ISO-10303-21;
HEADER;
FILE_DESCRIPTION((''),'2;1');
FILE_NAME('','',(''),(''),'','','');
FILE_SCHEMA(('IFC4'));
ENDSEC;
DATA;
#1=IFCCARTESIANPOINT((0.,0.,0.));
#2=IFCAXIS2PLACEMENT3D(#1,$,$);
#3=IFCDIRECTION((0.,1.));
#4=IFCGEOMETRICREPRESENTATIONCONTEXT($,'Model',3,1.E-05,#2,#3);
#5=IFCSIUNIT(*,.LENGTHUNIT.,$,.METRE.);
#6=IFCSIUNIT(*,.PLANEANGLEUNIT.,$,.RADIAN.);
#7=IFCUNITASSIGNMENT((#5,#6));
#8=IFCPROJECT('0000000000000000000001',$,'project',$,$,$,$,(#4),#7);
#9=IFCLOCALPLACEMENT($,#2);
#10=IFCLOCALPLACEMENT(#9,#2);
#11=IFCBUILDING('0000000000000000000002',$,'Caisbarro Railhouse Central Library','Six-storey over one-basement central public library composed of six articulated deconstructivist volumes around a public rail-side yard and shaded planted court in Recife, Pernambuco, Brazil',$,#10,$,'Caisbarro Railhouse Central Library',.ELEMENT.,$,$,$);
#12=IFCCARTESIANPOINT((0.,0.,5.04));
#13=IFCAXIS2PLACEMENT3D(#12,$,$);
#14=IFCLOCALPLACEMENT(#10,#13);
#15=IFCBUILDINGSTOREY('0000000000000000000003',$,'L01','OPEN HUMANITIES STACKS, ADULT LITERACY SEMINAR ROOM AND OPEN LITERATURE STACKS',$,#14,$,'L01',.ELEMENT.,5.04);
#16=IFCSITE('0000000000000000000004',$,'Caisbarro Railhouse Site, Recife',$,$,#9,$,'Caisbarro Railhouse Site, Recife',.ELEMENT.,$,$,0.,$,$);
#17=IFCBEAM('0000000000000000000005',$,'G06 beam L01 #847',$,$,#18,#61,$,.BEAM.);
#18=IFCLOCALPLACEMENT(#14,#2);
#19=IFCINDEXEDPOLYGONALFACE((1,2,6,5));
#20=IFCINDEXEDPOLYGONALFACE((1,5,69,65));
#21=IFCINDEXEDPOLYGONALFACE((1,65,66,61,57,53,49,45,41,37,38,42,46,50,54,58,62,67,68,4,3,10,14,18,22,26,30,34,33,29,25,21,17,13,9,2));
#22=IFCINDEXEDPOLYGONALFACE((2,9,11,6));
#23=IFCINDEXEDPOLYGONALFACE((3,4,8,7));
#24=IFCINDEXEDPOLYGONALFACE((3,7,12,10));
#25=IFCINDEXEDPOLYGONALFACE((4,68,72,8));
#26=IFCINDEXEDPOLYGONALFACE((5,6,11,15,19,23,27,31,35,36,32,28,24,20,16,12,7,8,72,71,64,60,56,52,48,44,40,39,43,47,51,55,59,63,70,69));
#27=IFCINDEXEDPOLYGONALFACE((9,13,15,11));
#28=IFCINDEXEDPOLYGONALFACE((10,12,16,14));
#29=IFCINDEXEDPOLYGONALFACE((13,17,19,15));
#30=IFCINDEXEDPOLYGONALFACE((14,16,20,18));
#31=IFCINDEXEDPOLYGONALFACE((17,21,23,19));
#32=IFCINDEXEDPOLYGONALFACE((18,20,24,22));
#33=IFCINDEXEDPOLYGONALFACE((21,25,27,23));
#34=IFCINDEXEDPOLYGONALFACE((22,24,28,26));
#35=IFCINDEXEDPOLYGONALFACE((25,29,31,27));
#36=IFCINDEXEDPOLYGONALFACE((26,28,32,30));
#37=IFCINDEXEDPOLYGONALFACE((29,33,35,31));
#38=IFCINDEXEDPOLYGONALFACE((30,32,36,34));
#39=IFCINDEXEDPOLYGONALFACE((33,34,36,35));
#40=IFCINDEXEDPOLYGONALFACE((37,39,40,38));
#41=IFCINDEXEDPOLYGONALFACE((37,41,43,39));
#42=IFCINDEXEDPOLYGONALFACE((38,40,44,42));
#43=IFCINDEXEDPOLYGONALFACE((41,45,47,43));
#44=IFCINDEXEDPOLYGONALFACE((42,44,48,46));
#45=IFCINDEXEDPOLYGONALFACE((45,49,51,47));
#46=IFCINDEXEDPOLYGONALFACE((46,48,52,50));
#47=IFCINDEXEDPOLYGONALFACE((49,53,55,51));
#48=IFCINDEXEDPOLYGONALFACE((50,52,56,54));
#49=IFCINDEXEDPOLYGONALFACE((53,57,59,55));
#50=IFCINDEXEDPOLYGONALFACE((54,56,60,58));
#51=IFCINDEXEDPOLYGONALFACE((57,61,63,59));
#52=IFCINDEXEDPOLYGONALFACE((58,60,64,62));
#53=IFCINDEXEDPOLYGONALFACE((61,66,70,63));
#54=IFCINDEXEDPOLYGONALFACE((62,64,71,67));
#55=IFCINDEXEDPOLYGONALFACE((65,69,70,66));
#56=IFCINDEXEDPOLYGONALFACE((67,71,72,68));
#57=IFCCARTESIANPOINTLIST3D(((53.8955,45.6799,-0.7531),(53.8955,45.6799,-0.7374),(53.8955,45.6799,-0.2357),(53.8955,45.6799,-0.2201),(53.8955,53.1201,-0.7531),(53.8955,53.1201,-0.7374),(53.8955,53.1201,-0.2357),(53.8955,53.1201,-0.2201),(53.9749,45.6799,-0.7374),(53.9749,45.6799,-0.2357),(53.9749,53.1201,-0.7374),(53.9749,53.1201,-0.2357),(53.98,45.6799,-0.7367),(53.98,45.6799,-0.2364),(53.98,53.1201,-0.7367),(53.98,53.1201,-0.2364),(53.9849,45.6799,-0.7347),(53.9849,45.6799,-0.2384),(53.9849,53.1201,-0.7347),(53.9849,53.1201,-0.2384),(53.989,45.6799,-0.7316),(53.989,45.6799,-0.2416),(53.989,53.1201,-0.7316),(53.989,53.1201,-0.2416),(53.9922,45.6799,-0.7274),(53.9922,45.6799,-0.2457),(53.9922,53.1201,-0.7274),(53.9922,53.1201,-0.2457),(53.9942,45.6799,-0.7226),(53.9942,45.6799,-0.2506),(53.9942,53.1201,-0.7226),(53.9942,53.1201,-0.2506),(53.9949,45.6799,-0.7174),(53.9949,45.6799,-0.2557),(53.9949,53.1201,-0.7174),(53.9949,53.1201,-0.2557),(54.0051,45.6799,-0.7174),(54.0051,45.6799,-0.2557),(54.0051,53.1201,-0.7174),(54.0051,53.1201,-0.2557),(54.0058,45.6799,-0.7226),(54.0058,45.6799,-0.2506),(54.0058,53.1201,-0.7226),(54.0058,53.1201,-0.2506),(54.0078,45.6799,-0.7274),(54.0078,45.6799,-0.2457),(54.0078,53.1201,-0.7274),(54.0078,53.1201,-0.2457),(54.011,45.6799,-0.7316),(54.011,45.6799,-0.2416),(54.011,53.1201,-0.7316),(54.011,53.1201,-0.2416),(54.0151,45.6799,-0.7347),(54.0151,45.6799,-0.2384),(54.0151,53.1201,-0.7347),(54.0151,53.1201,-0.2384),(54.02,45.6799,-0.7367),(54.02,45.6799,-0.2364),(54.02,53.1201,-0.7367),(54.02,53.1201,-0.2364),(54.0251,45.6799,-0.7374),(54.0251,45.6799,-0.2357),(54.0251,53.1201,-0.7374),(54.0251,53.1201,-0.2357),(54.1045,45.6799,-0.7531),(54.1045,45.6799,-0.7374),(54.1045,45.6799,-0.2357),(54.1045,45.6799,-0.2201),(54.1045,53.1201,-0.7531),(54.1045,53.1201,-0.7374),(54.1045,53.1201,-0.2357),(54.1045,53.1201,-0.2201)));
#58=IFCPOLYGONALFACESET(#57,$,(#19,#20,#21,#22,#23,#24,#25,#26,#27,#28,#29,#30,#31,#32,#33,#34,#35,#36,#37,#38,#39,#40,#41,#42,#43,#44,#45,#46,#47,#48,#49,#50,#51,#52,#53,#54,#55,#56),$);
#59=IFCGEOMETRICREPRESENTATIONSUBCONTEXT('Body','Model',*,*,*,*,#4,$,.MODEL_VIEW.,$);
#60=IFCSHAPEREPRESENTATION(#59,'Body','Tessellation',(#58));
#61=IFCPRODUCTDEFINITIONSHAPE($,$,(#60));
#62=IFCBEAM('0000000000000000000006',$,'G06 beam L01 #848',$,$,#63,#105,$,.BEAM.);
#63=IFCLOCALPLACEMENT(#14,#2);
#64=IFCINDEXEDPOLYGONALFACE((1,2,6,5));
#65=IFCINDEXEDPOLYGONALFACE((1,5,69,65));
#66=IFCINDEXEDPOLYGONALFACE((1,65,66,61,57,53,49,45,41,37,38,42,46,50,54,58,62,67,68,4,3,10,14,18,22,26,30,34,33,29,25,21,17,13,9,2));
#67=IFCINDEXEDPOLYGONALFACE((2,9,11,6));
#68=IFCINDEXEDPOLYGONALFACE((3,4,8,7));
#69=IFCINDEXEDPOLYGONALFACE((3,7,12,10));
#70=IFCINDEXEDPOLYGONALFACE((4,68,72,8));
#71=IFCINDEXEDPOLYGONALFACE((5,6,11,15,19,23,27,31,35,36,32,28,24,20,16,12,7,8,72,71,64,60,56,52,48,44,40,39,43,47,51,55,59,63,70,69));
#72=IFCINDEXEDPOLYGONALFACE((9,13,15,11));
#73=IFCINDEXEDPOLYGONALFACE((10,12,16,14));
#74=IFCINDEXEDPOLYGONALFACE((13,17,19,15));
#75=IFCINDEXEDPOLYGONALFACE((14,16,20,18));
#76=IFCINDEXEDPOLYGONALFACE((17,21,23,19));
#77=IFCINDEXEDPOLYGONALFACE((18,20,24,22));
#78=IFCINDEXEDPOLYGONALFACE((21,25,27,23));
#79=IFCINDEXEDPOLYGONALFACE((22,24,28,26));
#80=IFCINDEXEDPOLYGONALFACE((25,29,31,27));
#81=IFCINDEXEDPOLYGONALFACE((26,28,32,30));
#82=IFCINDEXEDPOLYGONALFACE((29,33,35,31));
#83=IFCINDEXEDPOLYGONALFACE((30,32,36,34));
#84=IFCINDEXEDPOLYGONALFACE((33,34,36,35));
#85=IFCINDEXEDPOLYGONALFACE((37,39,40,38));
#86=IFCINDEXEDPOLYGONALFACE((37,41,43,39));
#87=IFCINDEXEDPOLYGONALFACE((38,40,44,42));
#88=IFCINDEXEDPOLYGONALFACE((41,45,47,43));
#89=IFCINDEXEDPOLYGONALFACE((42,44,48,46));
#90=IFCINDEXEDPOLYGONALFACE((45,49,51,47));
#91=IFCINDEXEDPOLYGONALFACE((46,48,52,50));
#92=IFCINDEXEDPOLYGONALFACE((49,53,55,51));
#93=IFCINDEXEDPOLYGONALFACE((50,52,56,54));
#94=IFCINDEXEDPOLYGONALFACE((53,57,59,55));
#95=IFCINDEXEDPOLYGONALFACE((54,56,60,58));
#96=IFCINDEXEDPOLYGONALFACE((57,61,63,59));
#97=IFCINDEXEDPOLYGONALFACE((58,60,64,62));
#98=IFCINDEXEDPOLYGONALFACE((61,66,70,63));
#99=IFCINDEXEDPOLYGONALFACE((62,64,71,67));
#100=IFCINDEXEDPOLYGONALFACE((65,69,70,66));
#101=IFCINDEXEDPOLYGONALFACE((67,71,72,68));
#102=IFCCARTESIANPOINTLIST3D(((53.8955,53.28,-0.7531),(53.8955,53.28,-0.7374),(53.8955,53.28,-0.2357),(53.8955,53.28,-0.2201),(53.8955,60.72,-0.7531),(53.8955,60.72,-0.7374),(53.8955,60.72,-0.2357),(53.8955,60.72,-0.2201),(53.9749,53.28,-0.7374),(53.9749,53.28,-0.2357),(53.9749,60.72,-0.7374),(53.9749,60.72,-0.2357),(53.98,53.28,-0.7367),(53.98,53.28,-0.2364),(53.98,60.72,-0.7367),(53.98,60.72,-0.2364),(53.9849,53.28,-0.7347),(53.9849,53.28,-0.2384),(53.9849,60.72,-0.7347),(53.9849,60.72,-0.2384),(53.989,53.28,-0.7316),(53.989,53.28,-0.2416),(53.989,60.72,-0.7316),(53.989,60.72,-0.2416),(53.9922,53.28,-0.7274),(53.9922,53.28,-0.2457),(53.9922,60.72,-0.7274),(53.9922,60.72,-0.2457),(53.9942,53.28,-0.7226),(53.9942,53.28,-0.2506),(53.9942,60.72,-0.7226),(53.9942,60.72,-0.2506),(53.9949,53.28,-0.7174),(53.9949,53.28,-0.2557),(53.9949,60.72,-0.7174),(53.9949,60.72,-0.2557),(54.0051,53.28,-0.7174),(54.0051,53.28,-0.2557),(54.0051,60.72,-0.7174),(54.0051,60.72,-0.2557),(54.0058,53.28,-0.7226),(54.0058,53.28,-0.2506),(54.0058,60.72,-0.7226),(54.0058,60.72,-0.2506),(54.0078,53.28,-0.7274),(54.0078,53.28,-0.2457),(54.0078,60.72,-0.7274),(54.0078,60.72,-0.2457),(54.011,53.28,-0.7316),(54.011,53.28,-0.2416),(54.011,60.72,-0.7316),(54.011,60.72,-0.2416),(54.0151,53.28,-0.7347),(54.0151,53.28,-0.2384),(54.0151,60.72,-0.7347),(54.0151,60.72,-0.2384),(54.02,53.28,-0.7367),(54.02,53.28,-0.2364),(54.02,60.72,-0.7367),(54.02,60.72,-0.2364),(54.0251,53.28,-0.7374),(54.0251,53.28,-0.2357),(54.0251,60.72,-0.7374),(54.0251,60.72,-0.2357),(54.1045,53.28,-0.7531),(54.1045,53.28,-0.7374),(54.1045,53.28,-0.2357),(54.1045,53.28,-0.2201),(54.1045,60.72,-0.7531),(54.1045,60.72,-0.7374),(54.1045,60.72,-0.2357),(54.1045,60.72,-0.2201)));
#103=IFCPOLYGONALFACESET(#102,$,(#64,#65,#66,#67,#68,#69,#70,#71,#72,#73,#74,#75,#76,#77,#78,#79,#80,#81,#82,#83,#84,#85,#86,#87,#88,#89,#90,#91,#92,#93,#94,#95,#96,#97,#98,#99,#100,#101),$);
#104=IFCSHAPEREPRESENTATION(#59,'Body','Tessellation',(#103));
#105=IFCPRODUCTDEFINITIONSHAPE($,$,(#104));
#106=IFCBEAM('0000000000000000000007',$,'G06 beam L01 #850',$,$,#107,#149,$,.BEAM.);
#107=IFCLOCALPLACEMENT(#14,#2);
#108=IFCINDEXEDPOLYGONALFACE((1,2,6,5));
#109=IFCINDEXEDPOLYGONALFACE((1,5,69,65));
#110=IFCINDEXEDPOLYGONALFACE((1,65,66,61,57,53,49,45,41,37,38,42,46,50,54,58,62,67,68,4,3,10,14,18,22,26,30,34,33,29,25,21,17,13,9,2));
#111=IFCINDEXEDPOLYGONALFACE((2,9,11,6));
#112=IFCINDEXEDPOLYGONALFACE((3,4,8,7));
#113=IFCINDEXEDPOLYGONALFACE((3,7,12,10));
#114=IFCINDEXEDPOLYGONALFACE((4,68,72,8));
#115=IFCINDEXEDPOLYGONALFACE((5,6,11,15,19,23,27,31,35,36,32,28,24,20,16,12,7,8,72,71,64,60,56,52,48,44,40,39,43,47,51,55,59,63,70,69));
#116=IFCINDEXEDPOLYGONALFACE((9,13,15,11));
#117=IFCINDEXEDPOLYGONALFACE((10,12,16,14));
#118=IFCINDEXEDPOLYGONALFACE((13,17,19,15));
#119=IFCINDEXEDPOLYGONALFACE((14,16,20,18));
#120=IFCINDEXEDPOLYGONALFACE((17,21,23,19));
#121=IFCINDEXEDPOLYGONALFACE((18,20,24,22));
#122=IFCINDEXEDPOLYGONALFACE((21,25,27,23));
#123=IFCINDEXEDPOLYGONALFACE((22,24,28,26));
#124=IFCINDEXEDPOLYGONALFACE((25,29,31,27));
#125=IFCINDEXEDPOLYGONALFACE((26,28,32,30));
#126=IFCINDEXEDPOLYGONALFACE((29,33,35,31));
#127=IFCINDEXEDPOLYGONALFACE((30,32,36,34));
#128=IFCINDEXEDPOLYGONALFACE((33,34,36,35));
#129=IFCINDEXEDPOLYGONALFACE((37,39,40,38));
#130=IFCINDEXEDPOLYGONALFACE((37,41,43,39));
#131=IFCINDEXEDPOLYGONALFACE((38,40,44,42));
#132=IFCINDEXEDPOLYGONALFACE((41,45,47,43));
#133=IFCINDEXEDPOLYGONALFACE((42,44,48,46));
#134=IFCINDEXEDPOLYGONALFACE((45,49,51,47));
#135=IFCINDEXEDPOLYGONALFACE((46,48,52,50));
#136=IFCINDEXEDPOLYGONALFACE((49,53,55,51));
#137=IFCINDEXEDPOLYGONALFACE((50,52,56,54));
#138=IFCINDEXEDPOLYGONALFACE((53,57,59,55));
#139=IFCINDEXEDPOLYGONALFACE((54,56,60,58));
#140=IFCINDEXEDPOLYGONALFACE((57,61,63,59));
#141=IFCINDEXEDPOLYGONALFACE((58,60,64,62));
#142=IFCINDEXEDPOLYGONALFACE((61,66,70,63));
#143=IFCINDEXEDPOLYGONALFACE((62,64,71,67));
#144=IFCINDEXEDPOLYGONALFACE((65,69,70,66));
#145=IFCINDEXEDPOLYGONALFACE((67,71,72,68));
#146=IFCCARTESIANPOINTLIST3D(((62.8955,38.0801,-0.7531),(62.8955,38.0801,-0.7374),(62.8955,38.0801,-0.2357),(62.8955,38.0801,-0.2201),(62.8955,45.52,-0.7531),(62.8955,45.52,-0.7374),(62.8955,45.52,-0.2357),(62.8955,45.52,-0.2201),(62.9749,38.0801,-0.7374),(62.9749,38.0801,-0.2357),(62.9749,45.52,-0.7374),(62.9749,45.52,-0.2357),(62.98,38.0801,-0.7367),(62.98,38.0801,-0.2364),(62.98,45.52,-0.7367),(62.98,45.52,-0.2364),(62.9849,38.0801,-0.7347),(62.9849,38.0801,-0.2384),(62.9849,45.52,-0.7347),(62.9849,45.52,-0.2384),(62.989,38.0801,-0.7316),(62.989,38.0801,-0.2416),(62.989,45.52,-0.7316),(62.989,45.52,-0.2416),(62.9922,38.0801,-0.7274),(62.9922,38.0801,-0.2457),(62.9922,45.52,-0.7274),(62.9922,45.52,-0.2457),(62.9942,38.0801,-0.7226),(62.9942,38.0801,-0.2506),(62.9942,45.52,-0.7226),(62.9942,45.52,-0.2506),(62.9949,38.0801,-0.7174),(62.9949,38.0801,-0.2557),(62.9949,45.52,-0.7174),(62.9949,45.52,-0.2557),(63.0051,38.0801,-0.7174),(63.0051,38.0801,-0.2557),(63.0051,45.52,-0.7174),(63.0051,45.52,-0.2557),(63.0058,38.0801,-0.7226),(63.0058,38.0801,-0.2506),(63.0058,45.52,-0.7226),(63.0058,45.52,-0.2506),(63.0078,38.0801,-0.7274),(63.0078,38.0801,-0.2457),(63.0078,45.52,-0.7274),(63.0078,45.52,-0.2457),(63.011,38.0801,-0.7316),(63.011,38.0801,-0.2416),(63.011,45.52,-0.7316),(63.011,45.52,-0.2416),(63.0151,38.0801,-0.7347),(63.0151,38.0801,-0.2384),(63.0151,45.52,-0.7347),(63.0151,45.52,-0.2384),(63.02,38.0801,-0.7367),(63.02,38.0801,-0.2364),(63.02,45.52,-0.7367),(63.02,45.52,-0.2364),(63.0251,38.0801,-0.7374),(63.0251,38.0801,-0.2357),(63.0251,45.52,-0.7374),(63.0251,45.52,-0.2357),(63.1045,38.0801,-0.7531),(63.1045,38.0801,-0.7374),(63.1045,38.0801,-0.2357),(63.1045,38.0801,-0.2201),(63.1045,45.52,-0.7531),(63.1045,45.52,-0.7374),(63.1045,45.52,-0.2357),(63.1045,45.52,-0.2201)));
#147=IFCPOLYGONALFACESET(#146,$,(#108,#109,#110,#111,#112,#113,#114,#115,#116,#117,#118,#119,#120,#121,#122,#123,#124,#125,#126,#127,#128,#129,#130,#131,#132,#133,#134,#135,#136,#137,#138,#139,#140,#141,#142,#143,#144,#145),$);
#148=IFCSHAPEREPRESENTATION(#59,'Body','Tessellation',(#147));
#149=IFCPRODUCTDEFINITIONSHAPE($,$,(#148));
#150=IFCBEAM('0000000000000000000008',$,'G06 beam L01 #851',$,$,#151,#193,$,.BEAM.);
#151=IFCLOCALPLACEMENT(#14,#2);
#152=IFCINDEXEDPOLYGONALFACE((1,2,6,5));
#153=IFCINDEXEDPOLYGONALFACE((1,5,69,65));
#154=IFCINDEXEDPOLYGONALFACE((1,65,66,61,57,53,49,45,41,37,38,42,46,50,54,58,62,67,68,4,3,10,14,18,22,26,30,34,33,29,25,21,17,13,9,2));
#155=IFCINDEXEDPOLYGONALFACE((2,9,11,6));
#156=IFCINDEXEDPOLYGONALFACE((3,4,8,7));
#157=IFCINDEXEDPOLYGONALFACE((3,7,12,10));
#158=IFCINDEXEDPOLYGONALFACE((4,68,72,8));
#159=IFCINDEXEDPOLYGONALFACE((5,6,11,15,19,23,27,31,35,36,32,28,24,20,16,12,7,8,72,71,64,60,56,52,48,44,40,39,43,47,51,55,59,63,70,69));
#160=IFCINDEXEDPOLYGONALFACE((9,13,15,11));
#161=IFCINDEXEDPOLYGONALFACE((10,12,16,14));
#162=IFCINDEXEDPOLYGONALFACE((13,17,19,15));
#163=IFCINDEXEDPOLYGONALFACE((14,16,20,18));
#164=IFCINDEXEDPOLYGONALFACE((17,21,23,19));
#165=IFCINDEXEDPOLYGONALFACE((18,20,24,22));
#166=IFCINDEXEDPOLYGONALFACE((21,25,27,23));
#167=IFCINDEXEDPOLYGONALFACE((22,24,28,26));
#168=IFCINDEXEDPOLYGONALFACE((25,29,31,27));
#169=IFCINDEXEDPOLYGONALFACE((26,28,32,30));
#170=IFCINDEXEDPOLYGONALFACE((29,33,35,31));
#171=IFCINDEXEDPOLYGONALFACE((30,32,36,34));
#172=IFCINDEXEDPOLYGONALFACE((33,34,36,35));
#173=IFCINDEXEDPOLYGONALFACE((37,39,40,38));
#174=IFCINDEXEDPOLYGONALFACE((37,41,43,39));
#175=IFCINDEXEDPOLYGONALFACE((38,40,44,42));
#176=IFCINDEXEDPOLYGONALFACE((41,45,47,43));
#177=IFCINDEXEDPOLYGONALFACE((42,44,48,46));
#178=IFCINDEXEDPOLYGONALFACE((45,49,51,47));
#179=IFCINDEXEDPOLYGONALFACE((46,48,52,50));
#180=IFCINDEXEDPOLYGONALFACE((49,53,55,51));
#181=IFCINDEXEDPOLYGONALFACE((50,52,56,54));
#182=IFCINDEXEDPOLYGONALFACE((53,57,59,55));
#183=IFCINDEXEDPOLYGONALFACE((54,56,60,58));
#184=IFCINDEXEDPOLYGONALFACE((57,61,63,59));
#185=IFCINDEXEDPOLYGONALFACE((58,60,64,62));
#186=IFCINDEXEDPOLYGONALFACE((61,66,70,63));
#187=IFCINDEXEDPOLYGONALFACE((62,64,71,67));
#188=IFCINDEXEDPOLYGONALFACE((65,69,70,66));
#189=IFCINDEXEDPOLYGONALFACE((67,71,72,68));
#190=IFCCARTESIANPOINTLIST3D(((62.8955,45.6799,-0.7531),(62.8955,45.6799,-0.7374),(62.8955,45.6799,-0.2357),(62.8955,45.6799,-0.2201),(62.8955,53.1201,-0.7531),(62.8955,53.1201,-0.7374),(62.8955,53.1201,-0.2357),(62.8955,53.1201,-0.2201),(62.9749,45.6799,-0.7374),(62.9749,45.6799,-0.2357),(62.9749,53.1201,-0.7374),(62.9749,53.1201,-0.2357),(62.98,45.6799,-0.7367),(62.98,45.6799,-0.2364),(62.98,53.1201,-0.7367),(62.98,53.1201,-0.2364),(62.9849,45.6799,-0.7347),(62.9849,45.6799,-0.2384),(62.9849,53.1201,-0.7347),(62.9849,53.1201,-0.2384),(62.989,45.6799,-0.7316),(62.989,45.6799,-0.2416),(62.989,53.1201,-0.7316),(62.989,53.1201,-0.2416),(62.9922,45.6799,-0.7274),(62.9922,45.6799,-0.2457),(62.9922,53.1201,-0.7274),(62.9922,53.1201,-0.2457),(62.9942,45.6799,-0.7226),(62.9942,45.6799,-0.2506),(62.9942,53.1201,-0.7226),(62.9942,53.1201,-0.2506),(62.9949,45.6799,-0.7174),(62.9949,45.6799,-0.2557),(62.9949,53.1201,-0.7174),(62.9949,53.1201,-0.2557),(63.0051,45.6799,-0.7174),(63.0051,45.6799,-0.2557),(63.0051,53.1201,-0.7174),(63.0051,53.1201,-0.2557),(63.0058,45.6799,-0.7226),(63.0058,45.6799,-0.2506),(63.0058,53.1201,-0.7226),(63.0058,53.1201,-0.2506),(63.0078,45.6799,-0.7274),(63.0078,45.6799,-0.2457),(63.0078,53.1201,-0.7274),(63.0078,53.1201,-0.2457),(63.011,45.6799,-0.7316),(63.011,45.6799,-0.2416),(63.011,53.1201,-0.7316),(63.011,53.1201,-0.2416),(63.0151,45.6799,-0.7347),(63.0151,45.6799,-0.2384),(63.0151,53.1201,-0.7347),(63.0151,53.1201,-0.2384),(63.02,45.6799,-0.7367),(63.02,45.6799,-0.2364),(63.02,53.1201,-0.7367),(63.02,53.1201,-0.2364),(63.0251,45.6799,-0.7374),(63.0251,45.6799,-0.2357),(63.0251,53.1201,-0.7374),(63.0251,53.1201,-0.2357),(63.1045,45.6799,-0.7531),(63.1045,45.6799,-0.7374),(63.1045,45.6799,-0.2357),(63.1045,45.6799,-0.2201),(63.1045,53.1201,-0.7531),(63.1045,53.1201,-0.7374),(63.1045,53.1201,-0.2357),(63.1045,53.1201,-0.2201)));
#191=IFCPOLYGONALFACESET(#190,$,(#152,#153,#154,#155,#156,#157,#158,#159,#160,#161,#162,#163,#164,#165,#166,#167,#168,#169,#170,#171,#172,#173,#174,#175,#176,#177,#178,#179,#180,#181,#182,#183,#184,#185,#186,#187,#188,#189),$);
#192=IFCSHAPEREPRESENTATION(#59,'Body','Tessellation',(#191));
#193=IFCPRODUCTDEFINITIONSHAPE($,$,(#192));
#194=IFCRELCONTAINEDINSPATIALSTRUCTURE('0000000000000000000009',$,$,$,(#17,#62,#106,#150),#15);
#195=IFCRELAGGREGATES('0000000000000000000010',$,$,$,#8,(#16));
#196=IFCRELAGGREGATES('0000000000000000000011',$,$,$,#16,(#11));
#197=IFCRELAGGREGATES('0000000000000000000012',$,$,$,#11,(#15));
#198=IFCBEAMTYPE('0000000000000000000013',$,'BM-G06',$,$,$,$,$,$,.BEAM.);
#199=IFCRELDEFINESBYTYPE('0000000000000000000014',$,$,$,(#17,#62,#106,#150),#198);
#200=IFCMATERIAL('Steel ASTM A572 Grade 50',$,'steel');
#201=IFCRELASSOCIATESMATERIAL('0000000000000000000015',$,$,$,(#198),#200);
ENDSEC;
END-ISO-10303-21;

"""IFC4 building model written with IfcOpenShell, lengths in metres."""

from ifc_helpers import new_model, si_unit, direction, frame, origin, origin_2d, place, context, subcontext, project, spatial, i_section, extrude, material, material_profile, profile_set, type_object, element, save


model = new_model("IFC4")

# Units and contexts
model_context = context("Model", 3, precision=1e-05, world=origin(), true_north=direction((0.0, 1.0)))
body_context = subcontext(model_context, "Body", "Model", "MODEL_VIEW")
ifc_project = project(units=[si_unit("LENGTHUNIT", "METRE"), si_unit("PLANEANGLEUNIT", "RADIAN")], contexts=[model_context])

# Site, building, storey
site_placement = place(None, origin())
site = spatial("IfcSite", under=ifc_project, at=site_placement, Name="Caisbarro Railhouse Site, Recife", LongName="Caisbarro Railhouse Site, Recife", CompositionType="ELEMENT", RefElevation=0.0)
building_placement = place(site_placement, origin())
building = spatial("IfcBuilding", under=site, at=building_placement, Name="Caisbarro Railhouse Central Library", Description="Six-storey over one-basement central public library composed of six articulated deconstructivist volumes around a public rail-side yard and shaded planted court in Recife, Pernambuco, Brazil", LongName="Caisbarro Railhouse Central Library", CompositionType="ELEMENT")
storey_placement = place(building_placement, frame((0.0, 0.0, 5.04)))
storey = spatial("IfcBuildingStorey", under=building, at=storey_placement, Name="L01", Description="OPEN HUMANITIES STACKS, ADULT LITERACY SEMINAR ROOM AND OPEN LITERATURE STACKS", LongName="L01", CompositionType="ELEMENT", Elevation=5.04)

# Shared definitions
ifc_material_1 = material(Name="Steel ASTM A572 Grade 50", Category="steel")

# Beams
ifc_material_profile_1 = material_profile(ifc_material_1, i_section(OverallWidth=0.209, OverallDepth=0.533, WebThickness=0.0103, FlangeThickness=0.0156, FilletRadius=0.02, at=origin_2d()), Name="W530X92.0")
ifc_profile_set_1 = profile_set([ifc_material_profile_1], Name="Steel ASTM A572 Grade 50")
beam_type_1 = type_object("IfcBeamType", Name="BM-G06", PredefinedType="BEAM", material=ifc_profile_set_1)
beam_1_placement = place(storey_placement, frame((54.0, 45.6799, -0.4866), z_axis=(0.0, 1.0, 0.0), x_axis=(-1.0, 0.0, 0.0)))
element("IfcBeam", 1, at=beam_1_placement, inside=storey, type_object=beam_type_1, Name="G06 beam L01 #847", PredefinedType="BEAM", context=body_context, shape_type="SweptSolid", body=[
    extrude(i_section(OverallWidth=0.209, OverallDepth=0.533, WebThickness=0.0103, FlangeThickness=0.0156, FilletRadius=0.02, at=origin_2d()), origin(), (0.0, 0.0, 1.0), 7.4402),
])
for number, where, z_axis, x_axis, name in (
    (2, (54.0, 53.28, -0.4866), (0.0, 1.0, 0.0), (-1.0, 0.0, 0.0), "G06 beam L01 #848"),
    (3, (63.0, 38.0801, -0.4866), (0.0, 1.0, 0.0), (-1.0, 0.0, 0.0), "G06 beam L01 #850"),
):
    element("IfcBeam", number, at=place(storey_placement, frame(where, z_axis=z_axis, x_axis=x_axis)), inside=storey, type_object=beam_type_1, Name=name, PredefinedType="BEAM", context=body_context, shape_type="SweptSolid", body=[
        extrude(i_section(OverallWidth=0.209, OverallDepth=0.533, WebThickness=0.0103, FlangeThickness=0.0156, FilletRadius=0.02, at=origin_2d()), origin(), (0.0, 0.0, 1.0), 7.4399),
    ])
beam_2_placement = place(storey_placement, frame((63.0, 45.6799, -0.4866), z_axis=(0.0, 1.0, 0.0), x_axis=(-1.0, 0.0, 0.0)))
element("IfcBeam", 4, at=beam_2_placement, inside=storey, type_object=beam_type_1, Name="G06 beam L01 #851", PredefinedType="BEAM", context=body_context, shape_type="SweptSolid", body=[
    extrude(i_section(OverallWidth=0.209, OverallDepth=0.533, WebThickness=0.0103, FlangeThickness=0.0156, FilletRadius=0.02, at=origin_2d()), origin(), (0.0, 0.0, 1.0), 7.4402),
])

save(model, "model.ifc")
